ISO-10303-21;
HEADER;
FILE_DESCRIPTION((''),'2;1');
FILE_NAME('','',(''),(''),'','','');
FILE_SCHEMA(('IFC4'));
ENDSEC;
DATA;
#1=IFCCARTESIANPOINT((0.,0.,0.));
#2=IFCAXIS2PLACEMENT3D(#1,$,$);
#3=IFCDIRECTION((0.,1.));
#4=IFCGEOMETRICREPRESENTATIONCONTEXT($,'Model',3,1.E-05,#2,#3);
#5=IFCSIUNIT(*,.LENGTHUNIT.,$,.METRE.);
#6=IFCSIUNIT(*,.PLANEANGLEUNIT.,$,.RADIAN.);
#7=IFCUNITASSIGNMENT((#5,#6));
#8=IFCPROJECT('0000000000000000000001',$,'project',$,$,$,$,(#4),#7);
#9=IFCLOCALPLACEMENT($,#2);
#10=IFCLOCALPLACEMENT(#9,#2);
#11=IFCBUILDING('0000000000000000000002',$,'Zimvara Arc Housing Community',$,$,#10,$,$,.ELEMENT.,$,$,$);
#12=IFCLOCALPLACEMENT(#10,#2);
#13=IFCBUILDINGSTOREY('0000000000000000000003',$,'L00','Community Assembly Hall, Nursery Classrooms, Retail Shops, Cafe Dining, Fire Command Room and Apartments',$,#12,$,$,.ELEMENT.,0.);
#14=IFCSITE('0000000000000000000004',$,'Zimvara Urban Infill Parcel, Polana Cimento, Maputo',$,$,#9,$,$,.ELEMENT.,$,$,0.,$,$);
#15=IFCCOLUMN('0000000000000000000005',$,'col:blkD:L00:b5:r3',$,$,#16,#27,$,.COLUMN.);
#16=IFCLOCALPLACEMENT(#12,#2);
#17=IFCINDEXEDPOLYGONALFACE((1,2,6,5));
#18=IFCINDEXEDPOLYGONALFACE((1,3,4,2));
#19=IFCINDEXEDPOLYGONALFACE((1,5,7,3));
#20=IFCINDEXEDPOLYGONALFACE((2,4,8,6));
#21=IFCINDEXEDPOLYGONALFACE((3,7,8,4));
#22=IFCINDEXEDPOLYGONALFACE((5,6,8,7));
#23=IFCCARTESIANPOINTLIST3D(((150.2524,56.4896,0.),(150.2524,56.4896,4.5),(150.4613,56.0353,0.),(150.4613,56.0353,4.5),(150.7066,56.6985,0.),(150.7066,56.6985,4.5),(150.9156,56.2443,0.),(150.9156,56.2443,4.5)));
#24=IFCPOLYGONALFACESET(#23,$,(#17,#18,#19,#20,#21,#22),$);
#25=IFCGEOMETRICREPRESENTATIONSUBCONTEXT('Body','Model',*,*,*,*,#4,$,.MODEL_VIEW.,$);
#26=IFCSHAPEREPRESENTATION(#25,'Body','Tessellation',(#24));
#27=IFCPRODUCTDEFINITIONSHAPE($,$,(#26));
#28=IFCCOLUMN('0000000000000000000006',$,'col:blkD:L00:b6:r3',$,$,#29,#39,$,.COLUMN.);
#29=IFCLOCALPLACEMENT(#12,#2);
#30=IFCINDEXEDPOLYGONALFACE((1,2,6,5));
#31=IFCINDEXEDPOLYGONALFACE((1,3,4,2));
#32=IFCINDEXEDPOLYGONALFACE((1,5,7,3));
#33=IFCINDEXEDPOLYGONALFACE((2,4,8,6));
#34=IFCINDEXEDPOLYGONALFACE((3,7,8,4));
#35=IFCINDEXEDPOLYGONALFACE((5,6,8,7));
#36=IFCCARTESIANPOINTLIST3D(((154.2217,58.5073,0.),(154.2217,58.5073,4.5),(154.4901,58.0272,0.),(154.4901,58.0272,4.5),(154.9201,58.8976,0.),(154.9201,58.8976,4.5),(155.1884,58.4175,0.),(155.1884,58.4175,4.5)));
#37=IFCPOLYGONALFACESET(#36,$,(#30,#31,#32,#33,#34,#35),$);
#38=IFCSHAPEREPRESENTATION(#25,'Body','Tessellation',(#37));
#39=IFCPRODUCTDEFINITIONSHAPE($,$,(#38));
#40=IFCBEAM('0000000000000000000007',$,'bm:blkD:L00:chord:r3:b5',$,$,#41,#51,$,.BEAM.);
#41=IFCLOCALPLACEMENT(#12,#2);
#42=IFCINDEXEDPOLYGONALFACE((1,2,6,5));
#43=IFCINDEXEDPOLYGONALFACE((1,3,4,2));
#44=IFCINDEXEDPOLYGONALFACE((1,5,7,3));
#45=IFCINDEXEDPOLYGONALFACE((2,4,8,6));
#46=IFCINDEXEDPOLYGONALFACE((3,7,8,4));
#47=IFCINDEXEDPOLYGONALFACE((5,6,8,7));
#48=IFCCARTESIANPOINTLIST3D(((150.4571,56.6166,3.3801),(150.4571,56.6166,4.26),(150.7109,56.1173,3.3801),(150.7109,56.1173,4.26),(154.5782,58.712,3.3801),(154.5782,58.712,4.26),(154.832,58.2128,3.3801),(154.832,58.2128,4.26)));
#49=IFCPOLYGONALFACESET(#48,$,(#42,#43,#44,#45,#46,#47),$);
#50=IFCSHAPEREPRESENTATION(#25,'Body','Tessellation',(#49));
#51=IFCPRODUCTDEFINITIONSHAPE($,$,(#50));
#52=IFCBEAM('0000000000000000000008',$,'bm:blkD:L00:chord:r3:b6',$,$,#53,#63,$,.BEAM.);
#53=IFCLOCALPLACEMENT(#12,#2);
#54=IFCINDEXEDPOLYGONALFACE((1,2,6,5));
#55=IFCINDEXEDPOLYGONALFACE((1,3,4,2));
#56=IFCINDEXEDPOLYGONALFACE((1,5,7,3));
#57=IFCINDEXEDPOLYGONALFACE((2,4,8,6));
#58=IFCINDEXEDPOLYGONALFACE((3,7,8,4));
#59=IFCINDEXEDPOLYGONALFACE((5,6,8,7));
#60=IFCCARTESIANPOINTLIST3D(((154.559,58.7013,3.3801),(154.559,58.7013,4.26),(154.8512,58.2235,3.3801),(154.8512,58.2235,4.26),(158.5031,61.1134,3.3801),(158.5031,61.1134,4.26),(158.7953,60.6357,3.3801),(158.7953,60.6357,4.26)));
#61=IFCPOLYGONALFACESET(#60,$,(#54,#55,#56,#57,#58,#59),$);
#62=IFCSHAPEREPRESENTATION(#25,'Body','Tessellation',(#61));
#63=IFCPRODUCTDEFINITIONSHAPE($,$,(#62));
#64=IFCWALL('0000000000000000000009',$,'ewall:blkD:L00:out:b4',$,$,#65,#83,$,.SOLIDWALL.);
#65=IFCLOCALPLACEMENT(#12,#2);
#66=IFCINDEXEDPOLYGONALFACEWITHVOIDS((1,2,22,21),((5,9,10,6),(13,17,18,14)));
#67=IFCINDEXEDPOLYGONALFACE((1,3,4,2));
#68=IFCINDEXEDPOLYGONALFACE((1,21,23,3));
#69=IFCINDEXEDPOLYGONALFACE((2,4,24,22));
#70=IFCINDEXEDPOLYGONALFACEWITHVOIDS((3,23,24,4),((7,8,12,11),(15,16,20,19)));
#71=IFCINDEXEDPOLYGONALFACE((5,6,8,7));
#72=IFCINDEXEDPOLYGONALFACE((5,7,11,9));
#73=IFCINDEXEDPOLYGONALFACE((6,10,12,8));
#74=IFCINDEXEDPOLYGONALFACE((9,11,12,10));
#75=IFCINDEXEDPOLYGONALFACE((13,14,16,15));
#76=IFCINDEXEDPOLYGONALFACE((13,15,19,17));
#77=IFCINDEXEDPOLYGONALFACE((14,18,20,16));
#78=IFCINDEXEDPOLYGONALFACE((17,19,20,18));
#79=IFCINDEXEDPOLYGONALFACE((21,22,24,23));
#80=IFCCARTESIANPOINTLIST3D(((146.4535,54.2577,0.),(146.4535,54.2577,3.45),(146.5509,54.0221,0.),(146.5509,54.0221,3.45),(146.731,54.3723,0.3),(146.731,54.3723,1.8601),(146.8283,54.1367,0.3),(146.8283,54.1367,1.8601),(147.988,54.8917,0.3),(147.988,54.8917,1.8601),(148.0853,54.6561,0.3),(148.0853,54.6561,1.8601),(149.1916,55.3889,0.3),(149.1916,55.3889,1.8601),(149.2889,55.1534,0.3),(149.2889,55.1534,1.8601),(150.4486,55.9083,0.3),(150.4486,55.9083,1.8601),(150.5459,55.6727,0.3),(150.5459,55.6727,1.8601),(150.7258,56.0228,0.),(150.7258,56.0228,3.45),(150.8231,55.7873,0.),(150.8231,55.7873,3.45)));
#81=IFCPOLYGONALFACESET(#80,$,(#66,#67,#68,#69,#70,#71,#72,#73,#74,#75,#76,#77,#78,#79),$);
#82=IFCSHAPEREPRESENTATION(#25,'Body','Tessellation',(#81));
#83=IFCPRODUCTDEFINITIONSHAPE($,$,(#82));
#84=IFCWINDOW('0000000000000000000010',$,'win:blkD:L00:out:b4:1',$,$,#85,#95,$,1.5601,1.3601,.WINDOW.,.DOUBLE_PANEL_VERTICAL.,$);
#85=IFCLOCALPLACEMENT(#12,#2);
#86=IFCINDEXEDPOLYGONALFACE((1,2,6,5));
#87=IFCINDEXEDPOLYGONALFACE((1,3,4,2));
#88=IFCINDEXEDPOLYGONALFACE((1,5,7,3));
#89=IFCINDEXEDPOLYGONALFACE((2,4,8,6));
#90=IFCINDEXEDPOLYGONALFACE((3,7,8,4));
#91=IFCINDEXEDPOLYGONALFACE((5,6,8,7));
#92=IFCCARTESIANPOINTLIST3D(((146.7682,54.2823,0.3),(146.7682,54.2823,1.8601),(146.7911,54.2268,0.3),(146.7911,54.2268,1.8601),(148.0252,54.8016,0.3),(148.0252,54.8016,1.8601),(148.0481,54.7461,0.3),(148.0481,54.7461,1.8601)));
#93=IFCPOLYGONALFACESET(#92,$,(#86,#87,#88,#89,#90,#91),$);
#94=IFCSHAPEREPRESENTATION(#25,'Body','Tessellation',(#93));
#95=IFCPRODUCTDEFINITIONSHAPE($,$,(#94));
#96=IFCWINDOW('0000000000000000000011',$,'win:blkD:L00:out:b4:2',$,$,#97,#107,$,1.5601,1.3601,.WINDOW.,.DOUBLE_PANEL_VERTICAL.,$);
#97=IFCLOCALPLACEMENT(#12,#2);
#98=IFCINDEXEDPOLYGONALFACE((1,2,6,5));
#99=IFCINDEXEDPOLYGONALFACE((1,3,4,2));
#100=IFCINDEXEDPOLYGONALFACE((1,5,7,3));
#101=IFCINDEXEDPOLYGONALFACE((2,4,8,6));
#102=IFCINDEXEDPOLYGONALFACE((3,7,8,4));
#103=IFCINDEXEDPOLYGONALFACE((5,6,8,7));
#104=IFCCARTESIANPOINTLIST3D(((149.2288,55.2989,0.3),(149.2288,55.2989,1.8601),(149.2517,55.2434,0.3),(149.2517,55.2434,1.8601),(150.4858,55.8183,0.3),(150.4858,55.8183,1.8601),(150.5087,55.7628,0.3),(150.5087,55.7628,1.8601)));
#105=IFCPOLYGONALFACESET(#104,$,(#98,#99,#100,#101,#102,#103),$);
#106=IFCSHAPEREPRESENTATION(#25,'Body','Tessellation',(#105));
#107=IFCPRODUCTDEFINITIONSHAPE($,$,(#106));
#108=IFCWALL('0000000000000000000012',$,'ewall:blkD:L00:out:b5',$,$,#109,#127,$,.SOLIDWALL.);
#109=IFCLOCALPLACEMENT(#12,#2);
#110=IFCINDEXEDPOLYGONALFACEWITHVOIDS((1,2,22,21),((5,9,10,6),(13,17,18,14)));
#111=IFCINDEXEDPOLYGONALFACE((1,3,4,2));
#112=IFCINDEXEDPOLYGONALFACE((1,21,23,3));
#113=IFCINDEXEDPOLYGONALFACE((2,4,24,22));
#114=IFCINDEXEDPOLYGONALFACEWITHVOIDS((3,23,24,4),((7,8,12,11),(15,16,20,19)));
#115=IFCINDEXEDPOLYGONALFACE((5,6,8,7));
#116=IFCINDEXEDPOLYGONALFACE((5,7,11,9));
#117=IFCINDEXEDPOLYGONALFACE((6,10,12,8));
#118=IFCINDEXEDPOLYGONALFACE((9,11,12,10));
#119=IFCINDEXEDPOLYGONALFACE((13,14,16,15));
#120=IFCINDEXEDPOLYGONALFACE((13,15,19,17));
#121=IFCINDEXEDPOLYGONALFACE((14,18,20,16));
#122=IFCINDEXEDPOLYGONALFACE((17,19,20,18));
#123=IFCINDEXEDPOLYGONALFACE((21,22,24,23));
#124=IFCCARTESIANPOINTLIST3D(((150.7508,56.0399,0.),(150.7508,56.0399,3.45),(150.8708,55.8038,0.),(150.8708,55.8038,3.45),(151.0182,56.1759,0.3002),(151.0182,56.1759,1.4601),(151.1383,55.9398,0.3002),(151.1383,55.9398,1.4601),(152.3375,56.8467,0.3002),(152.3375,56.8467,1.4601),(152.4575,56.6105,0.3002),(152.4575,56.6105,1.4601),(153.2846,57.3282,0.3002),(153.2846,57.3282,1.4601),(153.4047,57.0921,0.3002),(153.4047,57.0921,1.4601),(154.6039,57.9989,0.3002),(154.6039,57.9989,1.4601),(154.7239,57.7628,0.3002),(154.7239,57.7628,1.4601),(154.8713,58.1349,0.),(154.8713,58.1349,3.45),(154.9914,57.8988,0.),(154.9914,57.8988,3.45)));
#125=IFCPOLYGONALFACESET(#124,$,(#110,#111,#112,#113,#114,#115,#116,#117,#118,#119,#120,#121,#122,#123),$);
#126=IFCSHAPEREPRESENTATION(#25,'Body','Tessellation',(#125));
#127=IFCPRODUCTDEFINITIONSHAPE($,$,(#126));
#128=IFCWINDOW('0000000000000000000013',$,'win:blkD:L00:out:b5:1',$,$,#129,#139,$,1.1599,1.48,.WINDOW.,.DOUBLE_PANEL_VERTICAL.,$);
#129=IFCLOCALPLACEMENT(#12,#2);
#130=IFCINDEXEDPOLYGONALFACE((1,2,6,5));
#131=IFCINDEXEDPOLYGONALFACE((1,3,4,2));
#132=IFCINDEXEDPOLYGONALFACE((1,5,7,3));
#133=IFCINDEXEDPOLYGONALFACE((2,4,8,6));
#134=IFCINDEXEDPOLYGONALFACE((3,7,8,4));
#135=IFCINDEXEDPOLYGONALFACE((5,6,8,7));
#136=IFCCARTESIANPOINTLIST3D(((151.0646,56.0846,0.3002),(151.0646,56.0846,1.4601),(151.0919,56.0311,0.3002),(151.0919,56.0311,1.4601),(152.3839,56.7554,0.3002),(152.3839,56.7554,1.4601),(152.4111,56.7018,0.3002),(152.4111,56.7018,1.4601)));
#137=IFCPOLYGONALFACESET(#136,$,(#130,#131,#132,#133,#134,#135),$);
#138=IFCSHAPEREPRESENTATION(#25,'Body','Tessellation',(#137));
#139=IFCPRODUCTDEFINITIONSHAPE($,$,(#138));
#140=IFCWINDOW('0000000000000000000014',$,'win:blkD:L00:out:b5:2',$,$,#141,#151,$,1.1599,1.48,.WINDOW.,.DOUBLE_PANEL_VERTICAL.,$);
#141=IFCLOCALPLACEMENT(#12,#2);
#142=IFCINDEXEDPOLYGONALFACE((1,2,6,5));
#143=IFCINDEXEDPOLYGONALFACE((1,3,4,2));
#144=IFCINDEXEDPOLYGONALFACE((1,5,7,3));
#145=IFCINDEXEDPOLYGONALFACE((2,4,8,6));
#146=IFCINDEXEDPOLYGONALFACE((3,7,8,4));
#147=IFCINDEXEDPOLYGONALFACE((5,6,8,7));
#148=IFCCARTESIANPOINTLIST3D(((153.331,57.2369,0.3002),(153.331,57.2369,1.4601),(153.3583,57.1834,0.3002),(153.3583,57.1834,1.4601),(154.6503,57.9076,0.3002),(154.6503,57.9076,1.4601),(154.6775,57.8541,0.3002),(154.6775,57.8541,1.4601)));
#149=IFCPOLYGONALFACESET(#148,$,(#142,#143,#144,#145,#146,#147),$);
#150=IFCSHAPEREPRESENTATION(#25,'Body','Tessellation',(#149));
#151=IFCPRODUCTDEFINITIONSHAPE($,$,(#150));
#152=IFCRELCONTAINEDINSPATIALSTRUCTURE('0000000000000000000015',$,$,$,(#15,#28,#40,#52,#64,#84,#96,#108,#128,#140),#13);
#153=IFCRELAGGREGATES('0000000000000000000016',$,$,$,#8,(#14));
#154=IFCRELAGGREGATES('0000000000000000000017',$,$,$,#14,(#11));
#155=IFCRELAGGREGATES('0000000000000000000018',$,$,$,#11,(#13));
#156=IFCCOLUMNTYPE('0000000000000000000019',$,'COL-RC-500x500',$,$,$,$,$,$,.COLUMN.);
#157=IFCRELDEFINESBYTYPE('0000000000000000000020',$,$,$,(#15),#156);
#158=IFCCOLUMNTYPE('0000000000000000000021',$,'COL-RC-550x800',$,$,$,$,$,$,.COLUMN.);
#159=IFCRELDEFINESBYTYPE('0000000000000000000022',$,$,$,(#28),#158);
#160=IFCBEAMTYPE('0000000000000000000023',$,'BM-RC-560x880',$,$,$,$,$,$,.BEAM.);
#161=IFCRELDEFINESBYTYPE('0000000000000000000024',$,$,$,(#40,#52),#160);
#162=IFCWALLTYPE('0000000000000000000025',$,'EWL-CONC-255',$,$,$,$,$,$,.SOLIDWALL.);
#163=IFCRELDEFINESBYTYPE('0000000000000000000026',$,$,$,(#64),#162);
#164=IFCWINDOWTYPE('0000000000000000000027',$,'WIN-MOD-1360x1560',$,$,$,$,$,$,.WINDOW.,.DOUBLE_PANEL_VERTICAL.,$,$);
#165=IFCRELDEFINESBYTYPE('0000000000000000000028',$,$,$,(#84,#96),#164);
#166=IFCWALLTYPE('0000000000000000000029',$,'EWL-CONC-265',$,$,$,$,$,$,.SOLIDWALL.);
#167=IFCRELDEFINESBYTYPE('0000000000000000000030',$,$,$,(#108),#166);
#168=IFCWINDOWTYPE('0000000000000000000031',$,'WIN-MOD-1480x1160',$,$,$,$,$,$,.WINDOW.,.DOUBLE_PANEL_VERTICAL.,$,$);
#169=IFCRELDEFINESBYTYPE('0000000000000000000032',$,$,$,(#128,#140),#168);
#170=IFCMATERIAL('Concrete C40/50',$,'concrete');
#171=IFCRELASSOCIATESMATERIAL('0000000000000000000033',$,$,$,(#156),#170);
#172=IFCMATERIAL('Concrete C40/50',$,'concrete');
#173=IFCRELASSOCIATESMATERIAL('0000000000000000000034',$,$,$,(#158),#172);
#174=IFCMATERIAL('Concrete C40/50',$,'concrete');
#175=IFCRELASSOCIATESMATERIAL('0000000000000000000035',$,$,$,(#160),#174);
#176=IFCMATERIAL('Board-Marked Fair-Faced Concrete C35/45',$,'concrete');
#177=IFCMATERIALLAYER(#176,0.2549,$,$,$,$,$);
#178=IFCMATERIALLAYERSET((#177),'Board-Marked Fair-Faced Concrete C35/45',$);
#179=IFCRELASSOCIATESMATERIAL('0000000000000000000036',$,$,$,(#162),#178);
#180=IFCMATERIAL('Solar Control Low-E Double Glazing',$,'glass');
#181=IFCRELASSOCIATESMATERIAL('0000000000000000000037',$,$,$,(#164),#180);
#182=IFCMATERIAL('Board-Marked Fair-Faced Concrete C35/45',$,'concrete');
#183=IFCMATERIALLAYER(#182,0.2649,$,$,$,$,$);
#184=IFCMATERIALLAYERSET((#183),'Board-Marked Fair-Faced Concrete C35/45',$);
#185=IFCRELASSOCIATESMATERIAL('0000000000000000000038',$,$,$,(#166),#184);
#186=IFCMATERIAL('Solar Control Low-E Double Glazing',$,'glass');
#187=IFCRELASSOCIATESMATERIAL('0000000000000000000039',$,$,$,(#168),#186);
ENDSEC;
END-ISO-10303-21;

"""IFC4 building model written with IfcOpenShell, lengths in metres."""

from ifc_helpers import new_model, si_unit, direction, frame, frame_2d, origin, origin_2d, place, context, subcontext, project, spatial, rectangle, extrude, material, layer, layer_set, material_profile, profile_set, type_object, element, fill, save


model = new_model("IFC4")

# Units and contexts
model_context = context("Model", 3, precision=1e-05, world=origin(), true_north=direction((0.0, 1.0)))
body_context = subcontext(model_context, "Body", "Model", "MODEL_VIEW")
ifc_project = project(units=[si_unit("LENGTHUNIT", "METRE"), si_unit("PLANEANGLEUNIT", "RADIAN")], contexts=[model_context])

# Site, building, storey
site_placement = place(None, origin())
site = spatial("IfcSite", under=ifc_project, at=site_placement, Name="Zimvara Urban Infill Parcel, Polana Cimento, Maputo", CompositionType="ELEMENT", RefElevation=0.0)
building_placement = place(site_placement, origin())
building = spatial("IfcBuilding", under=site, at=building_placement, Name="Zimvara Arc Housing Community", CompositionType="ELEMENT")
storey_placement = place(building_placement, origin())
storey = spatial("IfcBuildingStorey", under=building, at=storey_placement, Name="L00", Description="Community Assembly Hall, Nursery Classrooms, Retail Shops, Cafe Dining, Fire Command Room and Apartments", CompositionType="ELEMENT", Elevation=0.0)

# Columns
ifc_material_1 = material(Name="Concrete C40/50", Category="concrete")
ifc_material_profile_1 = material_profile(ifc_material_1, rectangle(XDim=0.5, YDim=0.5, at=origin_2d()), Name="RC 500x500")
ifc_profile_set_1 = profile_set([ifc_material_profile_1], Name="Concrete C40/50")
column_type_1 = type_object("IfcColumnType", Name="COL-RC-500x500", PredefinedType="COLUMN", material=ifc_profile_set_1)
column_1_placement = place(storey_placement, frame((150.584, 56.3669, 0.0), z_axis=(0.0, 0.0, 1.0), x_axis=(0.417867, -0.908508, 0.0)))
element("IfcColumn", 1, at=column_1_placement, inside=storey, type_object=column_type_1, Name="col:blkD:L00:b5:r3", PredefinedType="COLUMN", context=body_context, shape_type="SweptSolid", body=[
    extrude(rectangle(XDim=0.5, YDim=0.5, at=origin_2d()), origin(), (0.0, 0.0, 1.0), 4.5),
])
ifc_material_2 = material(Name="Concrete C40/50", Category="concrete")
ifc_material_profile_2 = material_profile(ifc_material_2, rectangle(XDim=0.55, YDim=0.8, at=origin_2d()), Name="RC 550x800")
ifc_profile_set_2 = profile_set([ifc_material_profile_2], Name="Concrete C40/50")
column_type_2 = type_object("IfcColumnType", Name="COL-RC-550x800", PredefinedType="COLUMN", material=ifc_profile_set_2)
column_2_placement = place(storey_placement, frame((154.7051, 58.4624, 0.0), z_axis=(0.0, 0.0, 1.0), x_axis=(0.48786, -0.872922, 0.0)))
element("IfcColumn", 2, at=column_2_placement, inside=storey, type_object=column_type_2, Name="col:blkD:L00:b6:r3", PredefinedType="COLUMN", context=body_context, shape_type="SweptSolid", body=[
    extrude(rectangle(XDim=0.55, YDim=0.8, at=origin_2d()), origin(), (0.0, 0.0, 1.0), 4.5),
])

# Beams
ifc_material_3 = material(Name="Concrete C40/50", Category="concrete")
ifc_material_profile_3 = material_profile(ifc_material_3, rectangle(XDim=0.5601, YDim=0.8799, at=origin_2d()), Name="RC 560x880")
ifc_profile_set_3 = profile_set([ifc_material_profile_3], Name="Concrete C40/50")
beam_type = type_object("IfcBeamType", Name="BM-RC-560x880", PredefinedType="BEAM", material=ifc_profile_set_3)
for number, where, z_axis, x_axis, name in (
    (3, (150.584, 56.3669, 3.8201), (0.891386, 0.453245, 0.0), (-0.453245, 0.891386, 0.0), "bm:blkD:L00:chord:r3:b5"),
    (4, (154.7051, 58.4624, 3.8201), (0.853106, 0.521738, 0.0), (-0.521738, 0.853106, 0.0), "bm:blkD:L00:chord:r3:b6"),
):
    element("IfcBeam", number, at=place(storey_placement, frame(where, z_axis=z_axis, x_axis=x_axis)), inside=storey, type_object=beam_type, Name=name, PredefinedType="BEAM", context=body_context, shape_type="SweptSolid", body=[
        extrude(rectangle(XDim=0.5601, YDim=0.8799, at=origin_2d()), origin(), (0.0, 0.0, 1.0), 4.6233),
    ])

# Walls, openings, windows
ifc_material_4 = material(Name="Board-Marked Fair-Faced Concrete C35/45", Category="concrete")
ifc_layer_1 = layer(ifc_material_4, 0.2549)
ifc_layer_set_1 = layer_set([ifc_layer_1], Name="Board-Marked Fair-Faced Concrete C35/45")
wall_type_1 = type_object("IfcWallType", Name="EWL-CONC-255", PredefinedType="SOLIDWALL", material=ifc_layer_set_1)
wall_1_placement = place(storey_placement, frame((146.5022, 54.1399, 0.0), z_axis=(0.0, 0.0, 1.0), x_axis=(0.924221, 0.381857, 0.0)))
wall_1 = element("IfcWall", 5, at=wall_1_placement, inside=storey, type_object=wall_type_1, Name="ewall:blkD:L00:out:b4", PredefinedType="SOLIDWALL", context=body_context, shape_type="SweptSolid", body=[
    extrude(rectangle(XDim=4.6226, YDim=0.2549, at=frame_2d((2.3113, 0.0))), origin(), (0.0, 0.0, 1.0), 3.45),
])
opening_1_placement = place(wall_1_placement, frame((0.3, 0.0, 0.3)))
opening_1 = element("IfcOpeningElement", 6, at=opening_1_placement, cuts=wall_1, PredefinedType="OPENING", context=body_context, shape_type="SweptSolid", body=[
    extrude(rectangle(XDim=1.3601, YDim=1.5601, at=frame_2d((0.6802, 0.78))), frame((0.0, 0.1375, 0.0), z_axis=(0.0, -1.0, 0.0), x_axis=(1.0, 0.0, 0.0)), (0.0, 0.0, 1.0), 0.2749),
])
opening_2_placement = place(wall_1_placement, frame((2.9624, 0.0, 0.3)))
opening_2 = element("IfcOpeningElement", 7, at=opening_2_placement, cuts=wall_1, PredefinedType="OPENING", context=body_context, shape_type="SweptSolid", body=[
    extrude(rectangle(XDim=1.3601, YDim=1.5601, at=frame_2d((0.6802, 0.78))), frame((0.0, 0.1375, 0.0), z_axis=(0.0, -1.0, 0.0), x_axis=(1.0, 0.0, 0.0)), (0.0, 0.0, 1.0), 0.2749),
])
ifc_material_5 = material(Name="Solar Control Low-E Double Glazing", Category="glass")
window_type_1 = type_object("IfcWindowType", Name="WIN-MOD-1360x1560", PartitioningType="DOUBLE_PANEL_VERTICAL", PredefinedType="WINDOW", material=ifc_material_5)
window_1_placement = place(opening_1_placement, origin())
window_1 = element("IfcWindow", 8, at=window_1_placement, inside=storey, type_object=window_type_1, Name="win:blkD:L00:out:b4:1", OverallHeight=1.5601, OverallWidth=1.3601, PartitioningType="DOUBLE_PANEL_VERTICAL", PredefinedType="WINDOW", context=body_context, shape_type="SweptSolid", body=[
    extrude(rectangle(XDim=1.3601, YDim=1.5601, at=frame_2d((0.6802, 0.78))), frame((0.0, 0.03, 0.0), z_axis=(0.0, -1.0, 0.0), x_axis=(1.0, 0.0, 0.0)), (0.0, 0.0, 1.0), 0.0601),
])
fill(opening_1, window_1)
window_2_placement = place(opening_2_placement, origin())
window_2 = element("IfcWindow", 9, at=window_2_placement, inside=storey, type_object=window_type_1, Name="win:blkD:L00:out:b4:2", OverallHeight=1.5601, OverallWidth=1.3601, PartitioningType="DOUBLE_PANEL_VERTICAL", PredefinedType="WINDOW", context=body_context, shape_type="SweptSolid", body=[
    extrude(rectangle(XDim=1.3601, YDim=1.5601, at=frame_2d((0.6802, 0.78))), frame((0.0, 0.03, 0.0), z_axis=(0.0, -1.0, 0.0), x_axis=(1.0, 0.0, 0.0)), (0.0, 0.0, 1.0), 0.0601),
])
fill(opening_2, window_2)
ifc_material_6 = material(Name="Board-Marked Fair-Faced Concrete C35/45", Category="concrete")
ifc_layer_2 = layer(ifc_material_6, 0.2649)
ifc_layer_set_2 = layer_set([ifc_layer_2], Name="Board-Marked Fair-Faced Concrete C35/45")
wall_type_2 = type_object("IfcWallType", Name="EWL-CONC-265", PredefinedType="SOLIDWALL", material=ifc_layer_set_2)
wall_2_placement = place(storey_placement, frame((150.8108, 55.9219, 0.0), z_axis=(0.0, 0.0, 1.0), x_axis=(0.891407, 0.453203, 0.0)))
wall_2 = element("IfcWall", 10, at=wall_2_placement, inside=storey, type_object=wall_type_2, Name="ewall:blkD:L00:out:b5", PredefinedType="SOLIDWALL", context=body_context, shape_type="SweptSolid", body=[
    extrude(rectangle(XDim=4.6226, YDim=0.2649, at=frame_2d((2.3113, 0.0))), origin(), (0.0, 0.0, 1.0), 3.45),
])
opening_3_placement = place(wall_2_placement, frame((0.3, 0.0, 0.3)))
opening_3 = element("IfcOpeningElement", 11, at=opening_3_placement, cuts=wall_2, PredefinedType="OPENING", context=body_context, shape_type="SweptSolid", body=[
    extrude(rectangle(XDim=1.48, YDim=1.1599, at=frame_2d((0.74, 0.5801))), frame((0.0, 0.1423, 0.0), z_axis=(0.0, -1.0, 0.0), x_axis=(1.0, 0.0, 0.0)), (0.0, 0.0, 1.0), 0.2849),
])
opening_4_placement = place(wall_2_placement, frame((2.8425, 0.0, 0.3)))
opening_4 = element("IfcOpeningElement", 12, at=opening_4_placement, cuts=wall_2, PredefinedType="OPENING", context=body_context, shape_type="SweptSolid", body=[
    extrude(rectangle(XDim=1.48, YDim=1.1599, at=frame_2d((0.74, 0.5801))), frame((0.0, 0.1423, 0.0), z_axis=(0.0, -1.0, 0.0), x_axis=(1.0, 0.0, 0.0)), (0.0, 0.0, 1.0), 0.2849),
])
ifc_material_7 = material(Name="Solar Control Low-E Double Glazing", Category="glass")
window_type_2 = type_object("IfcWindowType", Name="WIN-MOD-1480x1160", PartitioningType="DOUBLE_PANEL_VERTICAL", PredefinedType="WINDOW", material=ifc_material_7)
window_3_placement = place(opening_3_placement, origin())
window_3 = element("IfcWindow", 13, at=window_3_placement, inside=storey, type_object=window_type_2, Name="win:blkD:L00:out:b5:1", OverallHeight=1.1599, OverallWidth=1.48, PartitioningType="DOUBLE_PANEL_VERTICAL", PredefinedType="WINDOW", context=body_context, shape_type="SweptSolid", body=[
    extrude(rectangle(XDim=1.48, YDim=1.1599, at=frame_2d((0.74, 0.5801))), frame((0.0, 0.03, 0.0), z_axis=(0.0, -1.0, 0.0), x_axis=(1.0, 0.0, 0.0)), (0.0, 0.0, 1.0), 0.0601),
])
fill(opening_3, window_3)
window_4_placement = place(opening_4_placement, origin())
window_4 = element("IfcWindow", 14, at=window_4_placement, inside=storey, type_object=window_type_2, Name="win:blkD:L00:out:b5:2", OverallHeight=1.1599, OverallWidth=1.48, PartitioningType="DOUBLE_PANEL_VERTICAL", PredefinedType="WINDOW", context=body_context, shape_type="SweptSolid", body=[
    extrude(rectangle(XDim=1.48, YDim=1.1599, at=frame_2d((0.74, 0.5801))), frame((0.0, 0.03, 0.0), z_axis=(0.0, -1.0, 0.0), x_axis=(1.0, 0.0, 0.0)), (0.0, 0.0, 1.0), 0.0601),
])
fill(opening_4, window_4)

save(model, "model.ifc")
